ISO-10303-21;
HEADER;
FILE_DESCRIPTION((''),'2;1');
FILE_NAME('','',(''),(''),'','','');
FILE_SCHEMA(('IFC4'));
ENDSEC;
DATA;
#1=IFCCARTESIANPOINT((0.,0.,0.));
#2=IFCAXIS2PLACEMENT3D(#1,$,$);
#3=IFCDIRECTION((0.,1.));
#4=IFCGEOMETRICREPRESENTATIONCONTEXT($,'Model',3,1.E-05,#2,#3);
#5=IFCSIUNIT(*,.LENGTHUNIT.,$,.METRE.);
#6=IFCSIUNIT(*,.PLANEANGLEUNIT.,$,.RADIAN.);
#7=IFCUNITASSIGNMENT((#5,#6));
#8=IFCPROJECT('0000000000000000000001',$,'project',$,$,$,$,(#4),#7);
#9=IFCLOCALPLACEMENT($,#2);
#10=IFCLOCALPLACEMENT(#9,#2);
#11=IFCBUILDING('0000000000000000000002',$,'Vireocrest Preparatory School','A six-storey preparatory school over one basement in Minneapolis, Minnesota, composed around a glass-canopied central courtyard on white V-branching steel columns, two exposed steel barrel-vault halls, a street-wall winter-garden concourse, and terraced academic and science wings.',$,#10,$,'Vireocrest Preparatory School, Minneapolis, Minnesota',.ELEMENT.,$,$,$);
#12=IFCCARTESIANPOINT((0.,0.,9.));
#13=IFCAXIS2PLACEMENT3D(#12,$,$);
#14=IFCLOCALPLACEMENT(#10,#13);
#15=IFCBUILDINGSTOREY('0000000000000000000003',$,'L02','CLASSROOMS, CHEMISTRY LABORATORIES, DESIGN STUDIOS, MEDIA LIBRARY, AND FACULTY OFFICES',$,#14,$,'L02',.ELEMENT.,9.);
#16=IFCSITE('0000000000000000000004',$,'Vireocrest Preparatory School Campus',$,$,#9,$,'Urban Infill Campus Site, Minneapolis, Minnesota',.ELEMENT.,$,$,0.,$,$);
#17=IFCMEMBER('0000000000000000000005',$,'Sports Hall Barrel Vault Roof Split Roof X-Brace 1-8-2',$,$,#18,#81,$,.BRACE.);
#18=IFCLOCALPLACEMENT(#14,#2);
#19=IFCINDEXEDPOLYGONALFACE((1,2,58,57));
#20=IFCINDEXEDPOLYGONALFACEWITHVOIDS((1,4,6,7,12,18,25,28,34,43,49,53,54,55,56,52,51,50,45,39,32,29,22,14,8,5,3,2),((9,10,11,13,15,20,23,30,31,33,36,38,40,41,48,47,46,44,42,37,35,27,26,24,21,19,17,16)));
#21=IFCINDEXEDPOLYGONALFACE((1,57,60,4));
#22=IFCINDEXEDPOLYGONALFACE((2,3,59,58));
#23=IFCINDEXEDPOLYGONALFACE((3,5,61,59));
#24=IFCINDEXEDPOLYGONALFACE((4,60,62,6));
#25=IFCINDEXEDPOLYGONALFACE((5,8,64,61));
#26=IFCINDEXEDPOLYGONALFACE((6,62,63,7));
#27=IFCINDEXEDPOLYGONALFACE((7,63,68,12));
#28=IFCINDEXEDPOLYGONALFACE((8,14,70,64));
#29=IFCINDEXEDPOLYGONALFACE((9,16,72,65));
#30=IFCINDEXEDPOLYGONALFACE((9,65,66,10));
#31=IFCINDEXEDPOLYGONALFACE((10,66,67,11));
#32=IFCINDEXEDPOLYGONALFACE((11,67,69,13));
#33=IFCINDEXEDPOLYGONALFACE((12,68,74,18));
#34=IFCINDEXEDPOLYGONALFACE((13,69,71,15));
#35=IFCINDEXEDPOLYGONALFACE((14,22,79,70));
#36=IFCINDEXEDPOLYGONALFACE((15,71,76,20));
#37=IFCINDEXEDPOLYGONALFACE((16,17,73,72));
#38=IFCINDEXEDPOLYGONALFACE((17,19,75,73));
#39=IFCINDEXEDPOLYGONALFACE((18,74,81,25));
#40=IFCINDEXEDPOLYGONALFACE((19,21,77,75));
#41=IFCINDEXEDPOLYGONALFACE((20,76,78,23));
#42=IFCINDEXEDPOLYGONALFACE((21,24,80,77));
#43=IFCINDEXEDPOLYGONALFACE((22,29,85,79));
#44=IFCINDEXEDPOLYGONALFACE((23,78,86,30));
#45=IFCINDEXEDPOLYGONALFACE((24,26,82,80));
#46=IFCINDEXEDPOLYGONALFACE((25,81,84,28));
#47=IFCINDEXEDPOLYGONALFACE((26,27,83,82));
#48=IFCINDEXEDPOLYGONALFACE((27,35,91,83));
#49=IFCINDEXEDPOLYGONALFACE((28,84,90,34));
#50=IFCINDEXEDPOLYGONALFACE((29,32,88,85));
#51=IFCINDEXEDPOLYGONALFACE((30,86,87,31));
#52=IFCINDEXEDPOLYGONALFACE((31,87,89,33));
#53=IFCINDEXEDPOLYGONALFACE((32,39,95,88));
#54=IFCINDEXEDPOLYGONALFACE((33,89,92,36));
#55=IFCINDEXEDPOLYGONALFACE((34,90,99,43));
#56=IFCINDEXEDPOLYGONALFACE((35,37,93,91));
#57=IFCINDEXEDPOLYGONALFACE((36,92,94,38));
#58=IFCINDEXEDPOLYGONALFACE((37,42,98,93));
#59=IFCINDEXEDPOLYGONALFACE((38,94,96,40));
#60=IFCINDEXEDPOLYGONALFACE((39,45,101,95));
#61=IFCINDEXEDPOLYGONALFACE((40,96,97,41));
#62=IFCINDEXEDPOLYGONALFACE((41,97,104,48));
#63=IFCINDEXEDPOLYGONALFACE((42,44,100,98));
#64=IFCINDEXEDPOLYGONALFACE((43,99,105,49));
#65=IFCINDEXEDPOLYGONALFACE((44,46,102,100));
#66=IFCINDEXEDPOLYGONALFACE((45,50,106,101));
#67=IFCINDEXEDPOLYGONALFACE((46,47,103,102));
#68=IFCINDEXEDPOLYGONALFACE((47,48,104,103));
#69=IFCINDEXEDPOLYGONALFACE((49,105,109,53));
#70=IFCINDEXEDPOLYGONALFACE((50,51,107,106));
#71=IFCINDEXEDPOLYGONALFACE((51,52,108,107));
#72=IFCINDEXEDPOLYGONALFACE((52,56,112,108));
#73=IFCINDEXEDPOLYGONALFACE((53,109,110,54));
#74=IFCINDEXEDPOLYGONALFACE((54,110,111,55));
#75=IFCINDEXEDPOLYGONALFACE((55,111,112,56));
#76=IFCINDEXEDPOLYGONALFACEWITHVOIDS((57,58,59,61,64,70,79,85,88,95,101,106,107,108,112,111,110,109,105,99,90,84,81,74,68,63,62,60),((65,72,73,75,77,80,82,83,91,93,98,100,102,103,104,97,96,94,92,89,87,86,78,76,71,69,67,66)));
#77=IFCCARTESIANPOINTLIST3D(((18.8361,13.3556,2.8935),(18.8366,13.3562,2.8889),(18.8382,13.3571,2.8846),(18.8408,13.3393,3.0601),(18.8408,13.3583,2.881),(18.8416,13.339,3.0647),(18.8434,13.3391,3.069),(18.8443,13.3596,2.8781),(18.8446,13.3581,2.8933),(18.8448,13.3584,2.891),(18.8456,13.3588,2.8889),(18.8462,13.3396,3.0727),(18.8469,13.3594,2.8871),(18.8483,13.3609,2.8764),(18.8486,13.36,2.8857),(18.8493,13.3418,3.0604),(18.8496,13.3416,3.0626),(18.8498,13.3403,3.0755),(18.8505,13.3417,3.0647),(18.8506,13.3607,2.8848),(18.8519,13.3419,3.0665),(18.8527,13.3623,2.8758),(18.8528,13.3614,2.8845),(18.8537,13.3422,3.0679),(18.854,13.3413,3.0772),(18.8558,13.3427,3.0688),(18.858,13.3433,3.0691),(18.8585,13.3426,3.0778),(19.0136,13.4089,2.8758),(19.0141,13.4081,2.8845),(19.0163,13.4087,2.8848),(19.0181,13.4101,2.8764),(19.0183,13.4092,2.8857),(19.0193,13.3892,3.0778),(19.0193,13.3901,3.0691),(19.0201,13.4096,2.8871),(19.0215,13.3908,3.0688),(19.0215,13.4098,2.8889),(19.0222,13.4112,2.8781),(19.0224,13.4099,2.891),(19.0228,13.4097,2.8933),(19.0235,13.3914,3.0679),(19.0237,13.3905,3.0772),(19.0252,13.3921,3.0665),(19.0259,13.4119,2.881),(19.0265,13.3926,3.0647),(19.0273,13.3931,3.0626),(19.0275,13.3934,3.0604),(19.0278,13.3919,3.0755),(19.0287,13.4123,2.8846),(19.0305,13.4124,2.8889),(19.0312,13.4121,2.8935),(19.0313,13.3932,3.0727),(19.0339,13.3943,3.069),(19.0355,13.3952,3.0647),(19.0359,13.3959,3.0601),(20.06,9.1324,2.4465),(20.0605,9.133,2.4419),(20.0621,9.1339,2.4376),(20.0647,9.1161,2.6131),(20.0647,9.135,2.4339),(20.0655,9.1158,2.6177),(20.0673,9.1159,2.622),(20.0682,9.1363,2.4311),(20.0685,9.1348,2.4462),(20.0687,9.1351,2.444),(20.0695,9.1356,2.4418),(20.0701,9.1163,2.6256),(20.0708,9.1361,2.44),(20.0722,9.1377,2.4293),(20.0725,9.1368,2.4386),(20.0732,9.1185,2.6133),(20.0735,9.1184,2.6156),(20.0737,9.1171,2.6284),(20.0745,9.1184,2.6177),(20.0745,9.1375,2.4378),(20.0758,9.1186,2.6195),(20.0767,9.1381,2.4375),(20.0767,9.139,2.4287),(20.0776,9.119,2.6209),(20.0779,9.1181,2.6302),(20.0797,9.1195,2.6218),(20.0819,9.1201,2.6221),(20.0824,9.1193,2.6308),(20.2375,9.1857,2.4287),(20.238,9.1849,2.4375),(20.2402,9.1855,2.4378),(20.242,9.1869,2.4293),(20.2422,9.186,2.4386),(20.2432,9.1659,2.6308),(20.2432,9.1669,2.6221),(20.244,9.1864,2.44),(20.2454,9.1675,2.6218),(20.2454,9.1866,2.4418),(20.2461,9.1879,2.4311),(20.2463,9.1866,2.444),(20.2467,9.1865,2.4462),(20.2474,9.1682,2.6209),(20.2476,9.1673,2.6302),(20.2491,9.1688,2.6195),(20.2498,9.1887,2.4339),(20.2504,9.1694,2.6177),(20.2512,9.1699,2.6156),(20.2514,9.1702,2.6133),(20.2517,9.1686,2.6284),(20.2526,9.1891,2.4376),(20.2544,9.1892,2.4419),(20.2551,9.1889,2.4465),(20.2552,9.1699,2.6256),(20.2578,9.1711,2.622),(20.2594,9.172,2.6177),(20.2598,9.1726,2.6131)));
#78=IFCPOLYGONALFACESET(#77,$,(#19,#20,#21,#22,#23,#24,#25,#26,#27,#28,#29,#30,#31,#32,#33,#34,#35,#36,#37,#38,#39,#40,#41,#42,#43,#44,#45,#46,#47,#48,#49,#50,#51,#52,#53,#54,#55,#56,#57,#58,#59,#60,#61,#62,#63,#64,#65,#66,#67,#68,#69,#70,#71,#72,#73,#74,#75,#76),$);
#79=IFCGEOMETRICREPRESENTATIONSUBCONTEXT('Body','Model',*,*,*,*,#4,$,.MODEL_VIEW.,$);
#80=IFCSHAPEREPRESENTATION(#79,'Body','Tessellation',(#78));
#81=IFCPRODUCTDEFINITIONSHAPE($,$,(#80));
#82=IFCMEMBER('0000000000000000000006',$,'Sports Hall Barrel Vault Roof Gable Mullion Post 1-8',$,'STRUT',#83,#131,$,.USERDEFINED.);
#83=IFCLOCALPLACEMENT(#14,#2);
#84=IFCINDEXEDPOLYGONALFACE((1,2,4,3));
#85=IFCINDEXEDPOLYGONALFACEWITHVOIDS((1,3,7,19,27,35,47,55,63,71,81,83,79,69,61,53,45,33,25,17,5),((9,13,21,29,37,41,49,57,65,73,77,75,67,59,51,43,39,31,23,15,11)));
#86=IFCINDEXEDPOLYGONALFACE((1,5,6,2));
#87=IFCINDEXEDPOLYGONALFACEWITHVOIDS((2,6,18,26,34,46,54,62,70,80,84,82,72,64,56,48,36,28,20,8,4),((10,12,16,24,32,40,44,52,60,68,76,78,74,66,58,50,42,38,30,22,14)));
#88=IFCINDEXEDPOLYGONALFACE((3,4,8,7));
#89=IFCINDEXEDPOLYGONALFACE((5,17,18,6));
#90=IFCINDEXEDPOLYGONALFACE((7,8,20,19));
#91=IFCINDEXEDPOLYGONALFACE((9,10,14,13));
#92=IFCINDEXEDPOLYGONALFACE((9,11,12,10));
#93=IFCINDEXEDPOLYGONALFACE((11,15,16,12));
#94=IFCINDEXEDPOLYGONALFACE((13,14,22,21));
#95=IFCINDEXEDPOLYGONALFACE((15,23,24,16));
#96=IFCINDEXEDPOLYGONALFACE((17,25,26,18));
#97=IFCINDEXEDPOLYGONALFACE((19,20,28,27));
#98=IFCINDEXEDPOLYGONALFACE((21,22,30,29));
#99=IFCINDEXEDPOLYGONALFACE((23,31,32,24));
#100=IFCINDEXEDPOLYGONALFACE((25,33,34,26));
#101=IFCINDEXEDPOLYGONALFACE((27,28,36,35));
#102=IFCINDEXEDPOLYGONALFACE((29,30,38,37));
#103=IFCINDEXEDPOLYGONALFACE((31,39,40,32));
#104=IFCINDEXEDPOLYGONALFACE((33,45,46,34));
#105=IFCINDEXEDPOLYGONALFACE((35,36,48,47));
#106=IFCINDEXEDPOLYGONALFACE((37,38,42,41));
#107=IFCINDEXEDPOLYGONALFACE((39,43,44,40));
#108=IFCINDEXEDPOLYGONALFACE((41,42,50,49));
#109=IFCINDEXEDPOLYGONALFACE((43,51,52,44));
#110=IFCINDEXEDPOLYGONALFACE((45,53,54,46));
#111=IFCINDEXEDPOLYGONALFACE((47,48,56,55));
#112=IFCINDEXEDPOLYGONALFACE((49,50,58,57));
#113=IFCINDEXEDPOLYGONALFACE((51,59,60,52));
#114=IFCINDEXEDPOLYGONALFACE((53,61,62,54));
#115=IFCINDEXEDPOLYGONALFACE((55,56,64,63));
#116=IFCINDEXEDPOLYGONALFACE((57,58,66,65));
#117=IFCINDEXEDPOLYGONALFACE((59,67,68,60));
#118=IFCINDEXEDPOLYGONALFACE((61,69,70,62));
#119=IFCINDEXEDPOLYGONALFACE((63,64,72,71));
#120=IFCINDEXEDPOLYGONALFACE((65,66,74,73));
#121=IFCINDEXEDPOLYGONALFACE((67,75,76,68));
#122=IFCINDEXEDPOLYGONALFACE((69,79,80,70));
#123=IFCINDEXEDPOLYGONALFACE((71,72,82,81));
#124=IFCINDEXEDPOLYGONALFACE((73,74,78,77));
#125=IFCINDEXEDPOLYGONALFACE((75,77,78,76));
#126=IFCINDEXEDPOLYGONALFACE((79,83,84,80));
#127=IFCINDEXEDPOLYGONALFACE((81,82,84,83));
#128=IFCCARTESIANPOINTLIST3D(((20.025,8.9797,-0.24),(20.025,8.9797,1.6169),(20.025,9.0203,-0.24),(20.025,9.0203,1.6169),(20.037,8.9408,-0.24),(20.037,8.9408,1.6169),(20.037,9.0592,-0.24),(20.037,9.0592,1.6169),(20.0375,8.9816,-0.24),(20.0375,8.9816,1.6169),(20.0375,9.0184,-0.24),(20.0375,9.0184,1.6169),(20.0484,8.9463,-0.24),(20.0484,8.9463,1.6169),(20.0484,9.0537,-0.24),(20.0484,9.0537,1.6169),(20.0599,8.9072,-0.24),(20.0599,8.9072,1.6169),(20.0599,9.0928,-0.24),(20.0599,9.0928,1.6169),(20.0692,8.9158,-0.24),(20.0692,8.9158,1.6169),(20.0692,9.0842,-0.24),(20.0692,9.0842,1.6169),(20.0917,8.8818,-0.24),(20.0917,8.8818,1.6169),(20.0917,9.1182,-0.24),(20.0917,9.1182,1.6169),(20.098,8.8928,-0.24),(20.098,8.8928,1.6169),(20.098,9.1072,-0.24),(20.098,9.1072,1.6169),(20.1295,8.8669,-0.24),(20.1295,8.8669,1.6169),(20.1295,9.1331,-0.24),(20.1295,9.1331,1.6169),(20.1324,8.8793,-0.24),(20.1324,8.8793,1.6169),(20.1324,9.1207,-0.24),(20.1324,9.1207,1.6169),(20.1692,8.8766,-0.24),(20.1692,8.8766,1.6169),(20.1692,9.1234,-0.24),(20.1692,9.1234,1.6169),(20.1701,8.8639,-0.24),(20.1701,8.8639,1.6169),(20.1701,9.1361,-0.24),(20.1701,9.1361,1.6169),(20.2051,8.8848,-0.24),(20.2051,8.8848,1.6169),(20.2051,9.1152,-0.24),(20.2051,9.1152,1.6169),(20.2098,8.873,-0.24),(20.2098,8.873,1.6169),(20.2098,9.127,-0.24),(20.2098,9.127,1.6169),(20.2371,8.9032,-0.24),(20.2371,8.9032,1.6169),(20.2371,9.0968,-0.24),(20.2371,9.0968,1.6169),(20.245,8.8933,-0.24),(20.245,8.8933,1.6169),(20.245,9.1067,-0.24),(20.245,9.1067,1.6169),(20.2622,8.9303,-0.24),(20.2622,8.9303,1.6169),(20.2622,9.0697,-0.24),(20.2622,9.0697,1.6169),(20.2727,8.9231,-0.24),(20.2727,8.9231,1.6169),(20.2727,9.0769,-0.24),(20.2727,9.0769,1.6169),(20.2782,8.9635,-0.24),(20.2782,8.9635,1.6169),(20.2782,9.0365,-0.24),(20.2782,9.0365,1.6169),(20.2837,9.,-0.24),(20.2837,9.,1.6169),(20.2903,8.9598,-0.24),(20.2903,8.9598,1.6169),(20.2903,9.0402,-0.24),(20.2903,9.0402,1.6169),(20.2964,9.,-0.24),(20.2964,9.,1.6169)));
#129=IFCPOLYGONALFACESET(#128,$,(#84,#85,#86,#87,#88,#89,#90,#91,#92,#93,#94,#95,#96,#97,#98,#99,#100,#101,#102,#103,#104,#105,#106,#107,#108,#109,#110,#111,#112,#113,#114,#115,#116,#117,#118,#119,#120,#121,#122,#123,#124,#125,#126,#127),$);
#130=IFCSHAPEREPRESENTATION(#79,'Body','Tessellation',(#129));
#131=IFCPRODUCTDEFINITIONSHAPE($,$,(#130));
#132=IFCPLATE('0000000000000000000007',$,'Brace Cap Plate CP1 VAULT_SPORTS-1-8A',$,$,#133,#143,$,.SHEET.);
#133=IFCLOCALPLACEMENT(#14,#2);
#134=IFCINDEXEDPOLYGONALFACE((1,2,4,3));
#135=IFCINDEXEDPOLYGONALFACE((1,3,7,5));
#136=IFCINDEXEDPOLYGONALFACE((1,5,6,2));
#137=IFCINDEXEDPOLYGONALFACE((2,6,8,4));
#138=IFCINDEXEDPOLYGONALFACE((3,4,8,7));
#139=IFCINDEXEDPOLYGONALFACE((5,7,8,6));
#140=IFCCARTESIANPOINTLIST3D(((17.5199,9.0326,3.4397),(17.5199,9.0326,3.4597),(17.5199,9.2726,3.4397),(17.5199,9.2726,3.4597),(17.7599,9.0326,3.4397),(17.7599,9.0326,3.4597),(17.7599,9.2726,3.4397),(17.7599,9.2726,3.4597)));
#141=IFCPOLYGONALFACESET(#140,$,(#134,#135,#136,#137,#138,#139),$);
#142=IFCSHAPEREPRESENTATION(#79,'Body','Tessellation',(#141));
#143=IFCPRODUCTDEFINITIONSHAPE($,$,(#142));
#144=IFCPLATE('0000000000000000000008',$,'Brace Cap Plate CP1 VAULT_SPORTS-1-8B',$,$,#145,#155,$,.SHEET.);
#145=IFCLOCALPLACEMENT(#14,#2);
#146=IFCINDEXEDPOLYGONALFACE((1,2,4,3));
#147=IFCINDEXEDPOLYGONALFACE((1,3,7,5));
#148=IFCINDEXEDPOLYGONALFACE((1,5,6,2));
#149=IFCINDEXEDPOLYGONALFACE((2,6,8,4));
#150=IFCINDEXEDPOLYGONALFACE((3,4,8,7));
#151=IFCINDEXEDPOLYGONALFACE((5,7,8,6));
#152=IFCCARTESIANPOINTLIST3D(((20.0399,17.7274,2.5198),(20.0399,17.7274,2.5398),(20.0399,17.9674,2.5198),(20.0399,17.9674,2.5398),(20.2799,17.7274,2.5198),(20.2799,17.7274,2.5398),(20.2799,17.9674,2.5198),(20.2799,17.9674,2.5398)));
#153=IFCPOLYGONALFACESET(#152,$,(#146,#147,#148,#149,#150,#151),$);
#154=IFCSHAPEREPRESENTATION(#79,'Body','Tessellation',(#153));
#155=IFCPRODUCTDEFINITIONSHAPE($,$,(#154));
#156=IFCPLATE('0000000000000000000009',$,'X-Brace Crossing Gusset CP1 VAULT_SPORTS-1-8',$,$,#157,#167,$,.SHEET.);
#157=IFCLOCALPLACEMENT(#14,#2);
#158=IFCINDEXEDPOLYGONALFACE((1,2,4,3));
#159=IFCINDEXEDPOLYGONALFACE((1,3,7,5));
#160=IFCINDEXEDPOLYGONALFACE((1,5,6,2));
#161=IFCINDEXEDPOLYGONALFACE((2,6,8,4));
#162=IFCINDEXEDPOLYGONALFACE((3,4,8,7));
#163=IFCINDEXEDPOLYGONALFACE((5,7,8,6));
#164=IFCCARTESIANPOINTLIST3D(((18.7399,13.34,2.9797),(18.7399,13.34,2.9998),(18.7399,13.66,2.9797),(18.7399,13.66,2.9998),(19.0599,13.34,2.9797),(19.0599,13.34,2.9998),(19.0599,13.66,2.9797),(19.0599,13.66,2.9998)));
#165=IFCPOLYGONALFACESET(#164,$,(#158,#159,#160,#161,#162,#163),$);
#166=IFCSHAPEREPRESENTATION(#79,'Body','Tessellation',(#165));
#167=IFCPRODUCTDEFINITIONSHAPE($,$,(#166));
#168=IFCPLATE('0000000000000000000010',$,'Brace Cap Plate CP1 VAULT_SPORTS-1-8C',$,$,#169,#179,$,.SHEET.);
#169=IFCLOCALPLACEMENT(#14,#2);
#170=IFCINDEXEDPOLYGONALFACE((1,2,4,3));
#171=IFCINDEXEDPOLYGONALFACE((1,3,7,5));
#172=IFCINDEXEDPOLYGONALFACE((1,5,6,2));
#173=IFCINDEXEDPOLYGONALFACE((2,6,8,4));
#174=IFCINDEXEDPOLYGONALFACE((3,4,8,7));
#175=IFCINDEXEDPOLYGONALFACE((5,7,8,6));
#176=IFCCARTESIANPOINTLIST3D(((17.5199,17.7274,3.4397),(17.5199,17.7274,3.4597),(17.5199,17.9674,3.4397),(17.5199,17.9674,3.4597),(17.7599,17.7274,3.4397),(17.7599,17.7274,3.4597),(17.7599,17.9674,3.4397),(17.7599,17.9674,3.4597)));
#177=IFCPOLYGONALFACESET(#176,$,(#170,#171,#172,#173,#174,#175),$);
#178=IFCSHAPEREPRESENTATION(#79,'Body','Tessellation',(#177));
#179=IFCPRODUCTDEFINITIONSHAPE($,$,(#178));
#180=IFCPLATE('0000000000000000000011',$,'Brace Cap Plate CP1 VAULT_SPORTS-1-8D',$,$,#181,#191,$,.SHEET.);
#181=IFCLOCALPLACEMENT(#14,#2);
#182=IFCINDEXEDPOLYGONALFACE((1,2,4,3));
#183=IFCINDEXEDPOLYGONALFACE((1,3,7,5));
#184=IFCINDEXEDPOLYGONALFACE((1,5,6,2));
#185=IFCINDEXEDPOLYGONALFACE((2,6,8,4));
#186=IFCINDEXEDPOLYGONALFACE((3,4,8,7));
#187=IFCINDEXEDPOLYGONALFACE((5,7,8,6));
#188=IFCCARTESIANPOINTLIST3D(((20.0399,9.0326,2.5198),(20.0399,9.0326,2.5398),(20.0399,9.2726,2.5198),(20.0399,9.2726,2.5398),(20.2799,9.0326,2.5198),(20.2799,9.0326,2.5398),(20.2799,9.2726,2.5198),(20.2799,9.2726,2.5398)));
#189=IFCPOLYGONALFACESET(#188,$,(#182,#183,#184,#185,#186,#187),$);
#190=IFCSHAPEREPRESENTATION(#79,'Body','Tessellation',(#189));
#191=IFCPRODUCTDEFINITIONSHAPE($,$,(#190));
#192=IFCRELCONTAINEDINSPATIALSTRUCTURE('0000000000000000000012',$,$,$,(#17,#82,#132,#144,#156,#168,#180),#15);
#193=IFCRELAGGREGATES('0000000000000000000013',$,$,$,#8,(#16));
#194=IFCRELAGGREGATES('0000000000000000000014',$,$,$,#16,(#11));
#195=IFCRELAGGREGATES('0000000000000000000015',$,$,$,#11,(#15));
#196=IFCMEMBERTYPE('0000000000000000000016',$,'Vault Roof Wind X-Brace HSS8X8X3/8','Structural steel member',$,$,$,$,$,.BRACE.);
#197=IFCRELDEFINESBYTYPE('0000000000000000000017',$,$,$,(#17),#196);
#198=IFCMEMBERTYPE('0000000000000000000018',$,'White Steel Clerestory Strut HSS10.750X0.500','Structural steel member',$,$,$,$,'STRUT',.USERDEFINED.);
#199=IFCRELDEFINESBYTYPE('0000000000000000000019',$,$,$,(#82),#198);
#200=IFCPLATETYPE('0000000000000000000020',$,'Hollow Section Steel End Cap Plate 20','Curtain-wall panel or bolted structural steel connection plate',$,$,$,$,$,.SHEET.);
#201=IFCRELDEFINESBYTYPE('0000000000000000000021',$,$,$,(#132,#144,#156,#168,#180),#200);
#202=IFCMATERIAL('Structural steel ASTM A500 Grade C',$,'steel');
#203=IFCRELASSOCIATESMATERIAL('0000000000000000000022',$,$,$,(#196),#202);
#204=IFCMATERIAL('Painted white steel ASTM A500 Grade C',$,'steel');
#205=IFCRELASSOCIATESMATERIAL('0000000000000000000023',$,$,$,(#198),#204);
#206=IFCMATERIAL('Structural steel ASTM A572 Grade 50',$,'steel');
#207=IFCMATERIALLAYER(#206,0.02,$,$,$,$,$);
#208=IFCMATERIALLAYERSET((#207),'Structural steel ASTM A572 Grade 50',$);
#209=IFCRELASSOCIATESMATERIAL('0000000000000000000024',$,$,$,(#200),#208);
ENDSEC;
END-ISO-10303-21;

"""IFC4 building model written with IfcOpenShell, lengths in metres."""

from ifc_helpers import new_model, si_unit, direction, frame, origin, origin_2d, place, context, subcontext, project, spatial, rectangle, hollow_rectangle, hollow_circle, extrude, material, layer, layer_set, material_profile, profile_set, type_object, element, save


model = new_model("IFC4")

# Units and contexts
model_context = context("Model", 3, precision=1e-05, world=origin(), true_north=direction((0.0, 1.0)))
body_context = subcontext(model_context, "Body", "Model", "MODEL_VIEW")
ifc_project = project(units=[si_unit("LENGTHUNIT", "METRE"), si_unit("PLANEANGLEUNIT", "RADIAN")], contexts=[model_context])

# Site, building, storey
site_placement = place(None, origin())
site = spatial("IfcSite", under=ifc_project, at=site_placement, Name="Vireocrest Preparatory School Campus", LongName="Urban Infill Campus Site, Minneapolis, Minnesota", CompositionType="ELEMENT", RefElevation=0.0)
building_placement = place(site_placement, origin())
building = spatial("IfcBuilding", under=site, at=building_placement, Name="Vireocrest Preparatory School", Description="A six-storey preparatory school over one basement in Minneapolis, Minnesota, composed around a glass-canopied central courtyard on white V-branching steel columns, two exposed steel barrel-vault halls, a street-wall winter-garden concourse, and terraced academic and science wings.", LongName="Vireocrest Preparatory School, Minneapolis, Minnesota", CompositionType="ELEMENT")
storey_placement = place(building_placement, frame((0.0, 0.0, 9.0)))
storey = spatial("IfcBuildingStorey", under=building, at=storey_placement, Name="L02", Description="CLASSROOMS, CHEMISTRY LABORATORIES, DESIGN STUDIOS, MEDIA LIBRARY, AND FACULTY OFFICES", LongName="L02", CompositionType="ELEMENT", Elevation=9.0)

# Shared definitions
ifc_material_1 = material(Name="Structural steel ASTM A500 Grade C", Category="steel")

# Members
ifc_material_profile_1 = material_profile(ifc_material_1, hollow_rectangle(XDim=0.2031, YDim=0.2031, WallThickness=0.0088, InnerFilletRadius=0.0088, OuterFilletRadius=0.0178, at=origin_2d()), Name="HSS8X8X3/8")
ifc_profile_set_1 = profile_set([ifc_material_profile_1], Name="Structural steel ASTM A500 Grade C")
member_type_1 = type_object("IfcMemberType", Name="Vault Roof Wind X-Brace HSS8X8X3/8", Description="Structural steel member", PredefinedType="BRACE", material=ifc_profile_set_1)
for number, where, z_axis, x_axis, name in (
    (1, (18.936, 13.3757, 2.9768), (0.276922, -0.955554, -0.101146), (0.96048, 0.278349, 0.0), "Sports Hall Barrel Vault Roof Split Roof X-Brace 1-8-2"),
):
    element("IfcMember", number, at=place(storey_placement, frame(where, z_axis=z_axis, x_axis=x_axis)), inside=storey, type_object=member_type_1, Name=name, PredefinedType="BRACE", context=body_context, shape_type="SweptSolid", body=[
        extrude(hollow_rectangle(XDim=0.2031, YDim=0.2031, WallThickness=0.0088, InnerFilletRadius=0.0088, OuterFilletRadius=0.0178, at=origin_2d()), origin(), (0.0, 0.0, 1.0), 4.4197),
    ])
ifc_material_2 = material(Name="Painted white steel ASTM A500 Grade C", Category="steel")
ifc_material_profile_2 = material_profile(ifc_material_2, hollow_circle(Radius=0.1365, WallThickness=0.0127, at=origin_2d()), Name="HSS10.750X0.500")
ifc_profile_set_2 = profile_set([ifc_material_profile_2], Name="Painted white steel ASTM A500 Grade C")
member_type_2 = type_object("IfcMemberType", Name="White Steel Clerestory Strut HSS10.750X0.500", Description="Structural steel member", ElementType="STRUT", PredefinedType="USERDEFINED", material=ifc_profile_set_2)
member_1_placement = place(storey_placement, frame((20.1599, 9.0, -0.24), z_axis=(0.0, 0.0, 1.0), x_axis=(1.0, 0.0, 0.0)))
element("IfcMember", 2, at=member_1_placement, inside=storey, type_object=member_type_2, Name="Sports Hall Barrel Vault Roof Gable Mullion Post 1-8", ObjectType="STRUT", PredefinedType="USERDEFINED", context=body_context, shape_type="SweptSolid", body=[
    extrude(hollow_circle(Radius=0.1365, WallThickness=0.0127, at=origin_2d()), origin(), (0.0, 0.0, 1.0), 1.8569),
])

# Plates
ifc_material_3 = material(Name="Structural steel ASTM A572 Grade 50", Category="steel")
ifc_layer_1 = layer(ifc_material_3, 0.02)
ifc_layer_set_1 = layer_set([ifc_layer_1], Name="Structural steel ASTM A572 Grade 50")
plate_type_1 = type_object("IfcPlateType", Name="Hollow Section Steel End Cap Plate 20", Description="Curtain-wall panel or bolted structural steel connection plate", PredefinedType="SHEET", material=ifc_layer_set_1)
for number, where, z_axis, x_axis, name in (
    (3, (17.6399, 9.1526, 3.4397), (0.0, 0.0, 1.0), (1.0, 0.0, 0.0), "Brace Cap Plate CP1 VAULT_SPORTS-1-8A"),
    (4, (20.1599, 17.8474, 2.5198), (0.0, 0.0, 1.0), (1.0, 0.0, 0.0), "Brace Cap Plate CP1 VAULT_SPORTS-1-8B"),
):
    element("IfcPlate", number, at=place(storey_placement, frame(where, z_axis=z_axis, x_axis=x_axis)), inside=storey, type_object=plate_type_1, Name=name, PredefinedType="SHEET", context=body_context, shape_type="SweptSolid", body=[
        extrude(rectangle(XDim=0.24, YDim=0.24, at=origin_2d()), origin(), (0.0, 0.0, 1.0), 0.02),
    ])
plate_1_placement = place(storey_placement, frame((18.8999, 13.5, 2.9797), z_axis=(0.0, 0.0, 1.0), x_axis=(1.0, 0.0, 0.0)))
element("IfcPlate", 5, at=plate_1_placement, inside=storey, type_object=plate_type_1, Name="X-Brace Crossing Gusset CP1 VAULT_SPORTS-1-8", PredefinedType="SHEET", context=body_context, shape_type="SweptSolid", body=[
    extrude(rectangle(XDim=0.3201, YDim=0.3201, at=origin_2d()), origin(), (0.0, 0.0, 1.0), 0.02),
])
for number, where, z_axis, x_axis, name in (
    (6, (17.6399, 17.8474, 3.4397), (0.0, 0.0, 1.0), (1.0, 0.0, 0.0), "Brace Cap Plate CP1 VAULT_SPORTS-1-8C"),
    (7, (20.1599, 9.1526, 2.5198), (0.0, 0.0, 1.0), (1.0, 0.0, 0.0), "Brace Cap Plate CP1 VAULT_SPORTS-1-8D"),
):
    element("IfcPlate", number, at=place(storey_placement, frame(where, z_axis=z_axis, x_axis=x_axis)), inside=storey, type_object=plate_type_1, Name=name, PredefinedType="SHEET", context=body_context, shape_type="SweptSolid", body=[
        extrude(rectangle(XDim=0.24, YDim=0.24, at=origin_2d()), origin(), (0.0, 0.0, 1.0), 0.02),
    ])

save(model, "model.ifc")
